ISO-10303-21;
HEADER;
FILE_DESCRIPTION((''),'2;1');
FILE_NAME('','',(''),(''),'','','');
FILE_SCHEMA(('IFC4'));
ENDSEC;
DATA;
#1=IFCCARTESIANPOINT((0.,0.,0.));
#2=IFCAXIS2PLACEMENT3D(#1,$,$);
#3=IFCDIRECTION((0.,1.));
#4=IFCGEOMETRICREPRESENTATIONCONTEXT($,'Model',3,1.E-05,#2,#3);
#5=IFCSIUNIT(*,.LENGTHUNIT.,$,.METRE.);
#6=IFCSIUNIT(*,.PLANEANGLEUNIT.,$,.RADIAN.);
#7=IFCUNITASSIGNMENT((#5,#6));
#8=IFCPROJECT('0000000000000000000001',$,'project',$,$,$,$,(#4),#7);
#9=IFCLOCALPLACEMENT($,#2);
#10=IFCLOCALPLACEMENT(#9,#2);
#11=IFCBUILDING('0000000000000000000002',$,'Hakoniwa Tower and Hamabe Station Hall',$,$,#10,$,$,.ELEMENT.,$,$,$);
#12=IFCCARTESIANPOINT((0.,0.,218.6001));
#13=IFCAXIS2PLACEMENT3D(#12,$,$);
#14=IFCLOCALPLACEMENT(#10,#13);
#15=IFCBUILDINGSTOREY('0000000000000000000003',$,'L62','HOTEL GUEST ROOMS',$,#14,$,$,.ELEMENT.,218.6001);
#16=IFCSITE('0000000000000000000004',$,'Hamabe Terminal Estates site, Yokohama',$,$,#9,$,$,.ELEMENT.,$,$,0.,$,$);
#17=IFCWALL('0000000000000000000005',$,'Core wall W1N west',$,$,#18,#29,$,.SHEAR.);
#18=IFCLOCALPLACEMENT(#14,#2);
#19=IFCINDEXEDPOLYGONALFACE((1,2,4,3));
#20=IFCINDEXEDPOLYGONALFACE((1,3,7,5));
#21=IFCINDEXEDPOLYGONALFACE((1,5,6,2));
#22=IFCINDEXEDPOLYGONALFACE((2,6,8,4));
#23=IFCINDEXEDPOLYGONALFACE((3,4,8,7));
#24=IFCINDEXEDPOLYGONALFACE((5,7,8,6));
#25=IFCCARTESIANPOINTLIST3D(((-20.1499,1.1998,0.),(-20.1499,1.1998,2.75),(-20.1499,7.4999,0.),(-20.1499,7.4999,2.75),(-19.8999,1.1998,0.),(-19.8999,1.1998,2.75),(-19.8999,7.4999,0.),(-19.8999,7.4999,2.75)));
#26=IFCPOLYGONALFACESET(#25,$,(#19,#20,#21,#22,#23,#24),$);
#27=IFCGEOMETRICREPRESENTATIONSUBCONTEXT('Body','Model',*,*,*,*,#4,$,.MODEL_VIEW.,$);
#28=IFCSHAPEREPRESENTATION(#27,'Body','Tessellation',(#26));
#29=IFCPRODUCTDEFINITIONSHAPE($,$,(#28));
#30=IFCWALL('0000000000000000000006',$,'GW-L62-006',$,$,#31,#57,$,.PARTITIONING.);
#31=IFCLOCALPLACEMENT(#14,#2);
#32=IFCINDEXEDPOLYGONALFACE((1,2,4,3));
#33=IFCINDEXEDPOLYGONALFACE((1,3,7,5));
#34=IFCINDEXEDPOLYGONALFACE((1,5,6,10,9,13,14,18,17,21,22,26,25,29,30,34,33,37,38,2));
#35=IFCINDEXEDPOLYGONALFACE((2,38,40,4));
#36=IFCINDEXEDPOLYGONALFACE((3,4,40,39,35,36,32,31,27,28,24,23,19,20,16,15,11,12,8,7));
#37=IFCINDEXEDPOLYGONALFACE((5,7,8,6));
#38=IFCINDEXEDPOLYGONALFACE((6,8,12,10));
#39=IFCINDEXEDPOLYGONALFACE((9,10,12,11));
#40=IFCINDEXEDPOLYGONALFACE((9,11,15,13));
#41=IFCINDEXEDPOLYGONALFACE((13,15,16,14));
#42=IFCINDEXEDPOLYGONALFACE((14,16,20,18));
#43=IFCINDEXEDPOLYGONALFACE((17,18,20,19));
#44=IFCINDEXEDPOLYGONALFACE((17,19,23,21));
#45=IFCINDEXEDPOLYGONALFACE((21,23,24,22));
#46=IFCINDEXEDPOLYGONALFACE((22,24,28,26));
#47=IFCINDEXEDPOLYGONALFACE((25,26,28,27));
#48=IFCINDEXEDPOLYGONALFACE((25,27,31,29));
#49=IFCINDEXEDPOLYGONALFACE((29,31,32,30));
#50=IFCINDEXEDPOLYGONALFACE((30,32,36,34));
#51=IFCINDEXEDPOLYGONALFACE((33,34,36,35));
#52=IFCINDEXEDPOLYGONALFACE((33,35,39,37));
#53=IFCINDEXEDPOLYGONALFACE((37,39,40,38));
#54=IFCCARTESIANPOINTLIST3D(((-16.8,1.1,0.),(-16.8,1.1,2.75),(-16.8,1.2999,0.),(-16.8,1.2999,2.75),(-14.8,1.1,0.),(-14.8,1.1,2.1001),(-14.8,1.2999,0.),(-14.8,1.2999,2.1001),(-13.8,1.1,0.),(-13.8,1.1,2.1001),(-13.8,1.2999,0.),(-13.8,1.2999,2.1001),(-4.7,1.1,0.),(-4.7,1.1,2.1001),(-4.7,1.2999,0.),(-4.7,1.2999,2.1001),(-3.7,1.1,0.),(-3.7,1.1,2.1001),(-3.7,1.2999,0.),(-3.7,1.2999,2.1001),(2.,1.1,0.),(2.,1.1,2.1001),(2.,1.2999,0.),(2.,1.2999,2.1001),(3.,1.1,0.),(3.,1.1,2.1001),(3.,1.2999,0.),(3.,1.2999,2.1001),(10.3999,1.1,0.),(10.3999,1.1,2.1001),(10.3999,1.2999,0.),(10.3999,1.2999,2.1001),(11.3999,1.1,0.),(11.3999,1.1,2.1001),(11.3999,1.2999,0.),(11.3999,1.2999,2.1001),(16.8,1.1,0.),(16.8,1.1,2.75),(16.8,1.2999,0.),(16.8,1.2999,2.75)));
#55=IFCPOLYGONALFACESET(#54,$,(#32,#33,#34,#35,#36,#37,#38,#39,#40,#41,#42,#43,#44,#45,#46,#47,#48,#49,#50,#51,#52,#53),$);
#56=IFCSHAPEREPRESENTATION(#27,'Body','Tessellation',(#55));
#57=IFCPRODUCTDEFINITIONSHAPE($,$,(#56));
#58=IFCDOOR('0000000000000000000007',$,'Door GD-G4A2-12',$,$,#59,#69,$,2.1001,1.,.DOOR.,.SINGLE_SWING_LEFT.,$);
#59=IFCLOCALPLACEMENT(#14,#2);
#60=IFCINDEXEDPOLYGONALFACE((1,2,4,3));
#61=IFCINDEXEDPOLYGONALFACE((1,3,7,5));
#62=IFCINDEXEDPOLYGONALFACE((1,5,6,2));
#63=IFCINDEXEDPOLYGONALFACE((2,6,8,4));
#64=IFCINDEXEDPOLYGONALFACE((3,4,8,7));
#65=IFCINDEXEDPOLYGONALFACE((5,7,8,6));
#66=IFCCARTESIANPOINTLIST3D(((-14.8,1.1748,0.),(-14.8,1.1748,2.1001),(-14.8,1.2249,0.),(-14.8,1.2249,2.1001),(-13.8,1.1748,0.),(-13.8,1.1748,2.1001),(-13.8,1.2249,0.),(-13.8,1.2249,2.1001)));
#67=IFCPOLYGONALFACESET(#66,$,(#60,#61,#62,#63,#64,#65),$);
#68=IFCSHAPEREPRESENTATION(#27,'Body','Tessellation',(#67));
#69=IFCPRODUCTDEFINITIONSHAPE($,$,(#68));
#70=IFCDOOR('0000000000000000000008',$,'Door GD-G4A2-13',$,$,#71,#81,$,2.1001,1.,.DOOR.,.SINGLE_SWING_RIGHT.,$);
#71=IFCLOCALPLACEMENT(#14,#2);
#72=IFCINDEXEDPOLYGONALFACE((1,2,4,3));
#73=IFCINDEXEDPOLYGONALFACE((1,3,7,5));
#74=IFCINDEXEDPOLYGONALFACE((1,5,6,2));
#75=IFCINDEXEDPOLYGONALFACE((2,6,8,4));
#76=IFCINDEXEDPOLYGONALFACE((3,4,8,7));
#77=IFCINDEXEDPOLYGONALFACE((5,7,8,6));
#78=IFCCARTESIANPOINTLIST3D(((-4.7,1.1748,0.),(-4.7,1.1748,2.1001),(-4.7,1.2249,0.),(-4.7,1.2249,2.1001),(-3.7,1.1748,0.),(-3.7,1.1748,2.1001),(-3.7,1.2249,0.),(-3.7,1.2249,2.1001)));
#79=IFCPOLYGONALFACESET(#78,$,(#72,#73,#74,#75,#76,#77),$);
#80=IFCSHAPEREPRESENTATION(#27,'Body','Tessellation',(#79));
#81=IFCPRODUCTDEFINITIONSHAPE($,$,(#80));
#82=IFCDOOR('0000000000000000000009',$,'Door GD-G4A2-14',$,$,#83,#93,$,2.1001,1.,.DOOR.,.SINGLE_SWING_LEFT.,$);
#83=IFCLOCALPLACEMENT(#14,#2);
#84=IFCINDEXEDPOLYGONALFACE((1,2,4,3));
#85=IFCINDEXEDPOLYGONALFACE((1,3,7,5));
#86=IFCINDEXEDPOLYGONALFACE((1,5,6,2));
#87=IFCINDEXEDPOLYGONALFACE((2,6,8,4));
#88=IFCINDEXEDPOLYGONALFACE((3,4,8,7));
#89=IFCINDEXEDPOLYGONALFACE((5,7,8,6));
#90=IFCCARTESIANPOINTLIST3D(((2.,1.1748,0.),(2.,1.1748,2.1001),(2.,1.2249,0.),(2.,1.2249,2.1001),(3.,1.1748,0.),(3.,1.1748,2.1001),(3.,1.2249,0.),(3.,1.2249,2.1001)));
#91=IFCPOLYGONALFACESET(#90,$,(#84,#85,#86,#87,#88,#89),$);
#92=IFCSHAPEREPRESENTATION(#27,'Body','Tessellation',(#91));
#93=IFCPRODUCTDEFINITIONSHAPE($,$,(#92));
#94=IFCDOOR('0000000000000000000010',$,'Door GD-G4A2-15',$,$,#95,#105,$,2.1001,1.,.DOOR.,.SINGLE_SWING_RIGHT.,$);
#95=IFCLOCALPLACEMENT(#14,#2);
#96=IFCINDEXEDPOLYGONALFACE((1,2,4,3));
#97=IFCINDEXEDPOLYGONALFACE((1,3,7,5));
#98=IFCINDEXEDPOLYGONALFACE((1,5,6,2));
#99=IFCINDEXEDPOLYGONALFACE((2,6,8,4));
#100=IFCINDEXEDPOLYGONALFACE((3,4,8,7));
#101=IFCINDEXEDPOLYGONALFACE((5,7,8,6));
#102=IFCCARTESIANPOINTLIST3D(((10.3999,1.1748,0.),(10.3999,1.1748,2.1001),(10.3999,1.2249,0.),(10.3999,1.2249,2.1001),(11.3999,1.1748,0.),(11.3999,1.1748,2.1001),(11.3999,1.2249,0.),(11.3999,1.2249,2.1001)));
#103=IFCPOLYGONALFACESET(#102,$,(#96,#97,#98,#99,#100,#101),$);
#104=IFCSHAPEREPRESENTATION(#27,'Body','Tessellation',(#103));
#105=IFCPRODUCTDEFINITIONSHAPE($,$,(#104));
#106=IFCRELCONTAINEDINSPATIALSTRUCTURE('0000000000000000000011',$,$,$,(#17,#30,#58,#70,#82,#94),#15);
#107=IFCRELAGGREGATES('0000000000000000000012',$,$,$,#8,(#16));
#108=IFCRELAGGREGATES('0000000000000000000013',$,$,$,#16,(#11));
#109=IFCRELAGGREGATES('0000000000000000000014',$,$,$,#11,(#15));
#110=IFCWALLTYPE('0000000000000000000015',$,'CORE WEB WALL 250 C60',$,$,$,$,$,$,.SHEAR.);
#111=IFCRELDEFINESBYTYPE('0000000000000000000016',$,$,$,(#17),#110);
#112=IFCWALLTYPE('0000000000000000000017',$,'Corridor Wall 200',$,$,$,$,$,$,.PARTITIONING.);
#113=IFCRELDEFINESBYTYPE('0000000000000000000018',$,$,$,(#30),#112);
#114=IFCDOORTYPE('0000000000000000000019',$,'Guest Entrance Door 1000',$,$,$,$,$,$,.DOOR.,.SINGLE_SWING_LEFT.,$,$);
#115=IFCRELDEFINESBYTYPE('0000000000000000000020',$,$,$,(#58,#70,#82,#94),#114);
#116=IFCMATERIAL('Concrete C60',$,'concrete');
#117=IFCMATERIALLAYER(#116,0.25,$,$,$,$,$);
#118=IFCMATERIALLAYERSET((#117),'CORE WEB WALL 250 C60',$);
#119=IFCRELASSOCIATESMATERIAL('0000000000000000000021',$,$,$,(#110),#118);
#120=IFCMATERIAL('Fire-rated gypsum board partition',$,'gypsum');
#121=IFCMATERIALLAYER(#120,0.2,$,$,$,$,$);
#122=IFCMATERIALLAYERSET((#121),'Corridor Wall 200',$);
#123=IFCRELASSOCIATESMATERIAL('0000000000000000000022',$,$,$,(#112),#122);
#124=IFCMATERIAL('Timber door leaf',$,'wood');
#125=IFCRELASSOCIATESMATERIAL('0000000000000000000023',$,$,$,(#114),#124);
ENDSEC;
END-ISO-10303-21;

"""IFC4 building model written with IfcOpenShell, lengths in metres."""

from ifc_helpers import new_model, si_unit, direction, frame, frame_2d, origin, place, context, subcontext, project, spatial, rectangle, extrude, material, layer, layer_set, type_object, element, fill, save


model = new_model("IFC4")

# Units and contexts
model_context = context("Model", 3, precision=1e-05, world=origin(), true_north=direction((0.0, 1.0)))
body_context = subcontext(model_context, "Body", "Model", "MODEL_VIEW")
ifc_project = project(units=[si_unit("LENGTHUNIT", "METRE"), si_unit("PLANEANGLEUNIT", "RADIAN")], contexts=[model_context])

# Site, building, storey
site_placement = place(None, origin())
site = spatial("IfcSite", under=ifc_project, at=site_placement, Name="Hamabe Terminal Estates site, Yokohama", CompositionType="ELEMENT", RefElevation=0.0)
building_placement = place(site_placement, origin())
building = spatial("IfcBuilding", under=site, at=building_placement, Name="Hakoniwa Tower and Hamabe Station Hall", CompositionType="ELEMENT")
storey_placement = place(building_placement, frame((0.0, 0.0, 218.6001)))
storey = spatial("IfcBuildingStorey", under=building, at=storey_placement, Name="L62", Description="HOTEL GUEST ROOMS", CompositionType="ELEMENT", Elevation=218.6001)

# Wall
ifc_material_1 = material(Name="Concrete C60", Category="concrete")
ifc_layer_1 = layer(ifc_material_1, 0.25)
ifc_layer_set_1 = layer_set([ifc_layer_1], Name="CORE WEB WALL 250 C60")
wall_type_1 = type_object("IfcWallType", Name="CORE WEB WALL 250 C60", PredefinedType="SHEAR", material=ifc_layer_set_1)
wall_1_placement = place(storey_placement, frame((-20.0249, 1.2, 0.0), z_axis=(0.0, 0.0, 1.0), x_axis=(0.0, 1.0, 0.0)))
element("IfcWall", 1, at=wall_1_placement, inside=storey, type_object=wall_type_1, Name="Core wall W1N west", PredefinedType="SHEAR", context=body_context, shape_type="SweptSolid", body=[
    extrude(rectangle(XDim=6.3, YDim=0.25, at=frame_2d((3.1499, 0.0))), origin(), (0.0, 0.0, 1.0), 2.75),
])

# Wall, openings, doors
ifc_material_2 = material(Name="Fire-rated gypsum board partition", Category="gypsum")
ifc_layer_2 = layer(ifc_material_2, 0.2)
ifc_layer_set_2 = layer_set([ifc_layer_2], Name="Corridor Wall 200")
wall_type_2 = type_object("IfcWallType", Name="Corridor Wall 200", PredefinedType="PARTITIONING", material=ifc_layer_set_2)
wall_2_placement = place(storey_placement, frame((-16.8, 1.2, 0.0), z_axis=(0.0, 0.0, 1.0), x_axis=(1.0, 0.0, 0.0)))
wall_2 = element("IfcWall", 2, at=wall_2_placement, inside=storey, type_object=wall_type_2, Name="GW-L62-006", PredefinedType="PARTITIONING", context=body_context, shape_type="SweptSolid", body=[
    extrude(rectangle(XDim=33.6001, YDim=0.2, at=frame_2d((16.8, 0.0))), origin(), (0.0, 0.0, 1.0), 2.75),
])
opening_1_placement = place(wall_2_placement, frame((2.0, 0.0, 0.0)))
opening_1 = element("IfcOpeningElement", 3, at=opening_1_placement, cuts=wall_2, PredefinedType="OPENING", context=body_context, shape_type="SweptSolid", body=[
    extrude(rectangle(XDim=1.0, YDim=2.1001, at=frame_2d((0.5, 1.05))), frame((0.0, 0.1099, 0.0), z_axis=(0.0, -1.0, 0.0), x_axis=(1.0, 0.0, 0.0)), (0.0, 0.0, 1.0), 0.22),
])
opening_2_placement = place(wall_2_placement, frame((12.1001, 0.0, 0.0)))
opening_2 = element("IfcOpeningElement", 4, at=opening_2_placement, cuts=wall_2, PredefinedType="OPENING", context=body_context, shape_type="SweptSolid", body=[
    extrude(rectangle(XDim=1.0, YDim=2.1001, at=frame_2d((0.5, 1.05))), frame((0.0, 0.1099, 0.0), z_axis=(0.0, -1.0, 0.0), x_axis=(1.0, 0.0, 0.0)), (0.0, 0.0, 1.0), 0.22),
])
opening_3_placement = place(wall_2_placement, frame((18.8, 0.0, 0.0)))
opening_3 = element("IfcOpeningElement", 5, at=opening_3_placement, cuts=wall_2, PredefinedType="OPENING", context=body_context, shape_type="SweptSolid", body=[
    extrude(rectangle(XDim=1.0, YDim=2.1001, at=frame_2d((0.5, 1.05))), frame((0.0, 0.1099, 0.0), z_axis=(0.0, -1.0, 0.0), x_axis=(1.0, 0.0, 0.0)), (0.0, 0.0, 1.0), 0.22),
])
opening_4_placement = place(wall_2_placement, frame((27.2, 0.0, 0.0)))
opening_4 = element("IfcOpeningElement", 6, at=opening_4_placement, cuts=wall_2, PredefinedType="OPENING", context=body_context, shape_type="SweptSolid", body=[
    extrude(rectangle(XDim=1.0, YDim=2.1001, at=frame_2d((0.5, 1.05))), frame((0.0, 0.1099, 0.0), z_axis=(0.0, -1.0, 0.0), x_axis=(1.0, 0.0, 0.0)), (0.0, 0.0, 1.0), 0.22),
])
ifc_material_3 = material(Name="Timber door leaf", Category="wood")
door_type_1 = type_object("IfcDoorType", Name="Guest Entrance Door 1000", OperationType="SINGLE_SWING_LEFT", PredefinedType="DOOR", material=ifc_material_3)
door_1_placement = place(opening_1_placement, origin())
door_1 = element("IfcDoor", 7, at=door_1_placement, inside=storey, type_object=door_type_1, Name="Door GD-G4A2-12", OperationType="SINGLE_SWING_LEFT", OverallHeight=2.1001, OverallWidth=1.0, PredefinedType="DOOR", context=body_context, shape_type="SweptSolid", body=[
    extrude(rectangle(XDim=1.0, YDim=2.1001, at=frame_2d((0.5, 1.05))), frame((0.0, 0.0249, 0.0), z_axis=(0.0, -1.0, 0.0), x_axis=(1.0, 0.0, 0.0)), (0.0, 0.0, 1.0), 0.05),
])
fill(opening_1, door_1)
door_2_placement = place(opening_2_placement, origin())
door_2 = element("IfcDoor", 8, at=door_2_placement, inside=storey, type_object=door_type_1, Name="Door GD-G4A2-13", OperationType="SINGLE_SWING_RIGHT", OverallHeight=2.1001, OverallWidth=1.0, PredefinedType="DOOR", context=body_context, shape_type="SweptSolid", body=[
    extrude(rectangle(XDim=1.0, YDim=2.1001, at=frame_2d((0.5, 1.05))), frame((0.0, 0.0249, 0.0), z_axis=(0.0, -1.0, 0.0), x_axis=(1.0, 0.0, 0.0)), (0.0, 0.0, 1.0), 0.05),
])
fill(opening_2, door_2)
door_3_placement = place(opening_3_placement, origin())
door_3 = element("IfcDoor", 9, at=door_3_placement, inside=storey, type_object=door_type_1, Name="Door GD-G4A2-14", OperationType="SINGLE_SWING_LEFT", OverallHeight=2.1001, OverallWidth=1.0, PredefinedType="DOOR", context=body_context, shape_type="SweptSolid", body=[
    extrude(rectangle(XDim=1.0, YDim=2.1001, at=frame_2d((0.5, 1.05))), frame((0.0, 0.0249, 0.0), z_axis=(0.0, -1.0, 0.0), x_axis=(1.0, 0.0, 0.0)), (0.0, 0.0, 1.0), 0.05),
])
fill(opening_3, door_3)
door_4_placement = place(opening_4_placement, origin())
door_4 = element("IfcDoor", 10, at=door_4_placement, inside=storey, type_object=door_type_1, Name="Door GD-G4A2-15", OperationType="SINGLE_SWING_RIGHT", OverallHeight=2.1001, OverallWidth=1.0, PredefinedType="DOOR", context=body_context, shape_type="SweptSolid", body=[
    extrude(rectangle(XDim=1.0, YDim=2.1001, at=frame_2d((0.5, 1.05))), frame((0.0, 0.0249, 0.0), z_axis=(0.0, -1.0, 0.0), x_axis=(1.0, 0.0, 0.0)), (0.0, 0.0, 1.0), 0.05),
])
fill(opening_4, door_4)

save(model, "model.ifc")
